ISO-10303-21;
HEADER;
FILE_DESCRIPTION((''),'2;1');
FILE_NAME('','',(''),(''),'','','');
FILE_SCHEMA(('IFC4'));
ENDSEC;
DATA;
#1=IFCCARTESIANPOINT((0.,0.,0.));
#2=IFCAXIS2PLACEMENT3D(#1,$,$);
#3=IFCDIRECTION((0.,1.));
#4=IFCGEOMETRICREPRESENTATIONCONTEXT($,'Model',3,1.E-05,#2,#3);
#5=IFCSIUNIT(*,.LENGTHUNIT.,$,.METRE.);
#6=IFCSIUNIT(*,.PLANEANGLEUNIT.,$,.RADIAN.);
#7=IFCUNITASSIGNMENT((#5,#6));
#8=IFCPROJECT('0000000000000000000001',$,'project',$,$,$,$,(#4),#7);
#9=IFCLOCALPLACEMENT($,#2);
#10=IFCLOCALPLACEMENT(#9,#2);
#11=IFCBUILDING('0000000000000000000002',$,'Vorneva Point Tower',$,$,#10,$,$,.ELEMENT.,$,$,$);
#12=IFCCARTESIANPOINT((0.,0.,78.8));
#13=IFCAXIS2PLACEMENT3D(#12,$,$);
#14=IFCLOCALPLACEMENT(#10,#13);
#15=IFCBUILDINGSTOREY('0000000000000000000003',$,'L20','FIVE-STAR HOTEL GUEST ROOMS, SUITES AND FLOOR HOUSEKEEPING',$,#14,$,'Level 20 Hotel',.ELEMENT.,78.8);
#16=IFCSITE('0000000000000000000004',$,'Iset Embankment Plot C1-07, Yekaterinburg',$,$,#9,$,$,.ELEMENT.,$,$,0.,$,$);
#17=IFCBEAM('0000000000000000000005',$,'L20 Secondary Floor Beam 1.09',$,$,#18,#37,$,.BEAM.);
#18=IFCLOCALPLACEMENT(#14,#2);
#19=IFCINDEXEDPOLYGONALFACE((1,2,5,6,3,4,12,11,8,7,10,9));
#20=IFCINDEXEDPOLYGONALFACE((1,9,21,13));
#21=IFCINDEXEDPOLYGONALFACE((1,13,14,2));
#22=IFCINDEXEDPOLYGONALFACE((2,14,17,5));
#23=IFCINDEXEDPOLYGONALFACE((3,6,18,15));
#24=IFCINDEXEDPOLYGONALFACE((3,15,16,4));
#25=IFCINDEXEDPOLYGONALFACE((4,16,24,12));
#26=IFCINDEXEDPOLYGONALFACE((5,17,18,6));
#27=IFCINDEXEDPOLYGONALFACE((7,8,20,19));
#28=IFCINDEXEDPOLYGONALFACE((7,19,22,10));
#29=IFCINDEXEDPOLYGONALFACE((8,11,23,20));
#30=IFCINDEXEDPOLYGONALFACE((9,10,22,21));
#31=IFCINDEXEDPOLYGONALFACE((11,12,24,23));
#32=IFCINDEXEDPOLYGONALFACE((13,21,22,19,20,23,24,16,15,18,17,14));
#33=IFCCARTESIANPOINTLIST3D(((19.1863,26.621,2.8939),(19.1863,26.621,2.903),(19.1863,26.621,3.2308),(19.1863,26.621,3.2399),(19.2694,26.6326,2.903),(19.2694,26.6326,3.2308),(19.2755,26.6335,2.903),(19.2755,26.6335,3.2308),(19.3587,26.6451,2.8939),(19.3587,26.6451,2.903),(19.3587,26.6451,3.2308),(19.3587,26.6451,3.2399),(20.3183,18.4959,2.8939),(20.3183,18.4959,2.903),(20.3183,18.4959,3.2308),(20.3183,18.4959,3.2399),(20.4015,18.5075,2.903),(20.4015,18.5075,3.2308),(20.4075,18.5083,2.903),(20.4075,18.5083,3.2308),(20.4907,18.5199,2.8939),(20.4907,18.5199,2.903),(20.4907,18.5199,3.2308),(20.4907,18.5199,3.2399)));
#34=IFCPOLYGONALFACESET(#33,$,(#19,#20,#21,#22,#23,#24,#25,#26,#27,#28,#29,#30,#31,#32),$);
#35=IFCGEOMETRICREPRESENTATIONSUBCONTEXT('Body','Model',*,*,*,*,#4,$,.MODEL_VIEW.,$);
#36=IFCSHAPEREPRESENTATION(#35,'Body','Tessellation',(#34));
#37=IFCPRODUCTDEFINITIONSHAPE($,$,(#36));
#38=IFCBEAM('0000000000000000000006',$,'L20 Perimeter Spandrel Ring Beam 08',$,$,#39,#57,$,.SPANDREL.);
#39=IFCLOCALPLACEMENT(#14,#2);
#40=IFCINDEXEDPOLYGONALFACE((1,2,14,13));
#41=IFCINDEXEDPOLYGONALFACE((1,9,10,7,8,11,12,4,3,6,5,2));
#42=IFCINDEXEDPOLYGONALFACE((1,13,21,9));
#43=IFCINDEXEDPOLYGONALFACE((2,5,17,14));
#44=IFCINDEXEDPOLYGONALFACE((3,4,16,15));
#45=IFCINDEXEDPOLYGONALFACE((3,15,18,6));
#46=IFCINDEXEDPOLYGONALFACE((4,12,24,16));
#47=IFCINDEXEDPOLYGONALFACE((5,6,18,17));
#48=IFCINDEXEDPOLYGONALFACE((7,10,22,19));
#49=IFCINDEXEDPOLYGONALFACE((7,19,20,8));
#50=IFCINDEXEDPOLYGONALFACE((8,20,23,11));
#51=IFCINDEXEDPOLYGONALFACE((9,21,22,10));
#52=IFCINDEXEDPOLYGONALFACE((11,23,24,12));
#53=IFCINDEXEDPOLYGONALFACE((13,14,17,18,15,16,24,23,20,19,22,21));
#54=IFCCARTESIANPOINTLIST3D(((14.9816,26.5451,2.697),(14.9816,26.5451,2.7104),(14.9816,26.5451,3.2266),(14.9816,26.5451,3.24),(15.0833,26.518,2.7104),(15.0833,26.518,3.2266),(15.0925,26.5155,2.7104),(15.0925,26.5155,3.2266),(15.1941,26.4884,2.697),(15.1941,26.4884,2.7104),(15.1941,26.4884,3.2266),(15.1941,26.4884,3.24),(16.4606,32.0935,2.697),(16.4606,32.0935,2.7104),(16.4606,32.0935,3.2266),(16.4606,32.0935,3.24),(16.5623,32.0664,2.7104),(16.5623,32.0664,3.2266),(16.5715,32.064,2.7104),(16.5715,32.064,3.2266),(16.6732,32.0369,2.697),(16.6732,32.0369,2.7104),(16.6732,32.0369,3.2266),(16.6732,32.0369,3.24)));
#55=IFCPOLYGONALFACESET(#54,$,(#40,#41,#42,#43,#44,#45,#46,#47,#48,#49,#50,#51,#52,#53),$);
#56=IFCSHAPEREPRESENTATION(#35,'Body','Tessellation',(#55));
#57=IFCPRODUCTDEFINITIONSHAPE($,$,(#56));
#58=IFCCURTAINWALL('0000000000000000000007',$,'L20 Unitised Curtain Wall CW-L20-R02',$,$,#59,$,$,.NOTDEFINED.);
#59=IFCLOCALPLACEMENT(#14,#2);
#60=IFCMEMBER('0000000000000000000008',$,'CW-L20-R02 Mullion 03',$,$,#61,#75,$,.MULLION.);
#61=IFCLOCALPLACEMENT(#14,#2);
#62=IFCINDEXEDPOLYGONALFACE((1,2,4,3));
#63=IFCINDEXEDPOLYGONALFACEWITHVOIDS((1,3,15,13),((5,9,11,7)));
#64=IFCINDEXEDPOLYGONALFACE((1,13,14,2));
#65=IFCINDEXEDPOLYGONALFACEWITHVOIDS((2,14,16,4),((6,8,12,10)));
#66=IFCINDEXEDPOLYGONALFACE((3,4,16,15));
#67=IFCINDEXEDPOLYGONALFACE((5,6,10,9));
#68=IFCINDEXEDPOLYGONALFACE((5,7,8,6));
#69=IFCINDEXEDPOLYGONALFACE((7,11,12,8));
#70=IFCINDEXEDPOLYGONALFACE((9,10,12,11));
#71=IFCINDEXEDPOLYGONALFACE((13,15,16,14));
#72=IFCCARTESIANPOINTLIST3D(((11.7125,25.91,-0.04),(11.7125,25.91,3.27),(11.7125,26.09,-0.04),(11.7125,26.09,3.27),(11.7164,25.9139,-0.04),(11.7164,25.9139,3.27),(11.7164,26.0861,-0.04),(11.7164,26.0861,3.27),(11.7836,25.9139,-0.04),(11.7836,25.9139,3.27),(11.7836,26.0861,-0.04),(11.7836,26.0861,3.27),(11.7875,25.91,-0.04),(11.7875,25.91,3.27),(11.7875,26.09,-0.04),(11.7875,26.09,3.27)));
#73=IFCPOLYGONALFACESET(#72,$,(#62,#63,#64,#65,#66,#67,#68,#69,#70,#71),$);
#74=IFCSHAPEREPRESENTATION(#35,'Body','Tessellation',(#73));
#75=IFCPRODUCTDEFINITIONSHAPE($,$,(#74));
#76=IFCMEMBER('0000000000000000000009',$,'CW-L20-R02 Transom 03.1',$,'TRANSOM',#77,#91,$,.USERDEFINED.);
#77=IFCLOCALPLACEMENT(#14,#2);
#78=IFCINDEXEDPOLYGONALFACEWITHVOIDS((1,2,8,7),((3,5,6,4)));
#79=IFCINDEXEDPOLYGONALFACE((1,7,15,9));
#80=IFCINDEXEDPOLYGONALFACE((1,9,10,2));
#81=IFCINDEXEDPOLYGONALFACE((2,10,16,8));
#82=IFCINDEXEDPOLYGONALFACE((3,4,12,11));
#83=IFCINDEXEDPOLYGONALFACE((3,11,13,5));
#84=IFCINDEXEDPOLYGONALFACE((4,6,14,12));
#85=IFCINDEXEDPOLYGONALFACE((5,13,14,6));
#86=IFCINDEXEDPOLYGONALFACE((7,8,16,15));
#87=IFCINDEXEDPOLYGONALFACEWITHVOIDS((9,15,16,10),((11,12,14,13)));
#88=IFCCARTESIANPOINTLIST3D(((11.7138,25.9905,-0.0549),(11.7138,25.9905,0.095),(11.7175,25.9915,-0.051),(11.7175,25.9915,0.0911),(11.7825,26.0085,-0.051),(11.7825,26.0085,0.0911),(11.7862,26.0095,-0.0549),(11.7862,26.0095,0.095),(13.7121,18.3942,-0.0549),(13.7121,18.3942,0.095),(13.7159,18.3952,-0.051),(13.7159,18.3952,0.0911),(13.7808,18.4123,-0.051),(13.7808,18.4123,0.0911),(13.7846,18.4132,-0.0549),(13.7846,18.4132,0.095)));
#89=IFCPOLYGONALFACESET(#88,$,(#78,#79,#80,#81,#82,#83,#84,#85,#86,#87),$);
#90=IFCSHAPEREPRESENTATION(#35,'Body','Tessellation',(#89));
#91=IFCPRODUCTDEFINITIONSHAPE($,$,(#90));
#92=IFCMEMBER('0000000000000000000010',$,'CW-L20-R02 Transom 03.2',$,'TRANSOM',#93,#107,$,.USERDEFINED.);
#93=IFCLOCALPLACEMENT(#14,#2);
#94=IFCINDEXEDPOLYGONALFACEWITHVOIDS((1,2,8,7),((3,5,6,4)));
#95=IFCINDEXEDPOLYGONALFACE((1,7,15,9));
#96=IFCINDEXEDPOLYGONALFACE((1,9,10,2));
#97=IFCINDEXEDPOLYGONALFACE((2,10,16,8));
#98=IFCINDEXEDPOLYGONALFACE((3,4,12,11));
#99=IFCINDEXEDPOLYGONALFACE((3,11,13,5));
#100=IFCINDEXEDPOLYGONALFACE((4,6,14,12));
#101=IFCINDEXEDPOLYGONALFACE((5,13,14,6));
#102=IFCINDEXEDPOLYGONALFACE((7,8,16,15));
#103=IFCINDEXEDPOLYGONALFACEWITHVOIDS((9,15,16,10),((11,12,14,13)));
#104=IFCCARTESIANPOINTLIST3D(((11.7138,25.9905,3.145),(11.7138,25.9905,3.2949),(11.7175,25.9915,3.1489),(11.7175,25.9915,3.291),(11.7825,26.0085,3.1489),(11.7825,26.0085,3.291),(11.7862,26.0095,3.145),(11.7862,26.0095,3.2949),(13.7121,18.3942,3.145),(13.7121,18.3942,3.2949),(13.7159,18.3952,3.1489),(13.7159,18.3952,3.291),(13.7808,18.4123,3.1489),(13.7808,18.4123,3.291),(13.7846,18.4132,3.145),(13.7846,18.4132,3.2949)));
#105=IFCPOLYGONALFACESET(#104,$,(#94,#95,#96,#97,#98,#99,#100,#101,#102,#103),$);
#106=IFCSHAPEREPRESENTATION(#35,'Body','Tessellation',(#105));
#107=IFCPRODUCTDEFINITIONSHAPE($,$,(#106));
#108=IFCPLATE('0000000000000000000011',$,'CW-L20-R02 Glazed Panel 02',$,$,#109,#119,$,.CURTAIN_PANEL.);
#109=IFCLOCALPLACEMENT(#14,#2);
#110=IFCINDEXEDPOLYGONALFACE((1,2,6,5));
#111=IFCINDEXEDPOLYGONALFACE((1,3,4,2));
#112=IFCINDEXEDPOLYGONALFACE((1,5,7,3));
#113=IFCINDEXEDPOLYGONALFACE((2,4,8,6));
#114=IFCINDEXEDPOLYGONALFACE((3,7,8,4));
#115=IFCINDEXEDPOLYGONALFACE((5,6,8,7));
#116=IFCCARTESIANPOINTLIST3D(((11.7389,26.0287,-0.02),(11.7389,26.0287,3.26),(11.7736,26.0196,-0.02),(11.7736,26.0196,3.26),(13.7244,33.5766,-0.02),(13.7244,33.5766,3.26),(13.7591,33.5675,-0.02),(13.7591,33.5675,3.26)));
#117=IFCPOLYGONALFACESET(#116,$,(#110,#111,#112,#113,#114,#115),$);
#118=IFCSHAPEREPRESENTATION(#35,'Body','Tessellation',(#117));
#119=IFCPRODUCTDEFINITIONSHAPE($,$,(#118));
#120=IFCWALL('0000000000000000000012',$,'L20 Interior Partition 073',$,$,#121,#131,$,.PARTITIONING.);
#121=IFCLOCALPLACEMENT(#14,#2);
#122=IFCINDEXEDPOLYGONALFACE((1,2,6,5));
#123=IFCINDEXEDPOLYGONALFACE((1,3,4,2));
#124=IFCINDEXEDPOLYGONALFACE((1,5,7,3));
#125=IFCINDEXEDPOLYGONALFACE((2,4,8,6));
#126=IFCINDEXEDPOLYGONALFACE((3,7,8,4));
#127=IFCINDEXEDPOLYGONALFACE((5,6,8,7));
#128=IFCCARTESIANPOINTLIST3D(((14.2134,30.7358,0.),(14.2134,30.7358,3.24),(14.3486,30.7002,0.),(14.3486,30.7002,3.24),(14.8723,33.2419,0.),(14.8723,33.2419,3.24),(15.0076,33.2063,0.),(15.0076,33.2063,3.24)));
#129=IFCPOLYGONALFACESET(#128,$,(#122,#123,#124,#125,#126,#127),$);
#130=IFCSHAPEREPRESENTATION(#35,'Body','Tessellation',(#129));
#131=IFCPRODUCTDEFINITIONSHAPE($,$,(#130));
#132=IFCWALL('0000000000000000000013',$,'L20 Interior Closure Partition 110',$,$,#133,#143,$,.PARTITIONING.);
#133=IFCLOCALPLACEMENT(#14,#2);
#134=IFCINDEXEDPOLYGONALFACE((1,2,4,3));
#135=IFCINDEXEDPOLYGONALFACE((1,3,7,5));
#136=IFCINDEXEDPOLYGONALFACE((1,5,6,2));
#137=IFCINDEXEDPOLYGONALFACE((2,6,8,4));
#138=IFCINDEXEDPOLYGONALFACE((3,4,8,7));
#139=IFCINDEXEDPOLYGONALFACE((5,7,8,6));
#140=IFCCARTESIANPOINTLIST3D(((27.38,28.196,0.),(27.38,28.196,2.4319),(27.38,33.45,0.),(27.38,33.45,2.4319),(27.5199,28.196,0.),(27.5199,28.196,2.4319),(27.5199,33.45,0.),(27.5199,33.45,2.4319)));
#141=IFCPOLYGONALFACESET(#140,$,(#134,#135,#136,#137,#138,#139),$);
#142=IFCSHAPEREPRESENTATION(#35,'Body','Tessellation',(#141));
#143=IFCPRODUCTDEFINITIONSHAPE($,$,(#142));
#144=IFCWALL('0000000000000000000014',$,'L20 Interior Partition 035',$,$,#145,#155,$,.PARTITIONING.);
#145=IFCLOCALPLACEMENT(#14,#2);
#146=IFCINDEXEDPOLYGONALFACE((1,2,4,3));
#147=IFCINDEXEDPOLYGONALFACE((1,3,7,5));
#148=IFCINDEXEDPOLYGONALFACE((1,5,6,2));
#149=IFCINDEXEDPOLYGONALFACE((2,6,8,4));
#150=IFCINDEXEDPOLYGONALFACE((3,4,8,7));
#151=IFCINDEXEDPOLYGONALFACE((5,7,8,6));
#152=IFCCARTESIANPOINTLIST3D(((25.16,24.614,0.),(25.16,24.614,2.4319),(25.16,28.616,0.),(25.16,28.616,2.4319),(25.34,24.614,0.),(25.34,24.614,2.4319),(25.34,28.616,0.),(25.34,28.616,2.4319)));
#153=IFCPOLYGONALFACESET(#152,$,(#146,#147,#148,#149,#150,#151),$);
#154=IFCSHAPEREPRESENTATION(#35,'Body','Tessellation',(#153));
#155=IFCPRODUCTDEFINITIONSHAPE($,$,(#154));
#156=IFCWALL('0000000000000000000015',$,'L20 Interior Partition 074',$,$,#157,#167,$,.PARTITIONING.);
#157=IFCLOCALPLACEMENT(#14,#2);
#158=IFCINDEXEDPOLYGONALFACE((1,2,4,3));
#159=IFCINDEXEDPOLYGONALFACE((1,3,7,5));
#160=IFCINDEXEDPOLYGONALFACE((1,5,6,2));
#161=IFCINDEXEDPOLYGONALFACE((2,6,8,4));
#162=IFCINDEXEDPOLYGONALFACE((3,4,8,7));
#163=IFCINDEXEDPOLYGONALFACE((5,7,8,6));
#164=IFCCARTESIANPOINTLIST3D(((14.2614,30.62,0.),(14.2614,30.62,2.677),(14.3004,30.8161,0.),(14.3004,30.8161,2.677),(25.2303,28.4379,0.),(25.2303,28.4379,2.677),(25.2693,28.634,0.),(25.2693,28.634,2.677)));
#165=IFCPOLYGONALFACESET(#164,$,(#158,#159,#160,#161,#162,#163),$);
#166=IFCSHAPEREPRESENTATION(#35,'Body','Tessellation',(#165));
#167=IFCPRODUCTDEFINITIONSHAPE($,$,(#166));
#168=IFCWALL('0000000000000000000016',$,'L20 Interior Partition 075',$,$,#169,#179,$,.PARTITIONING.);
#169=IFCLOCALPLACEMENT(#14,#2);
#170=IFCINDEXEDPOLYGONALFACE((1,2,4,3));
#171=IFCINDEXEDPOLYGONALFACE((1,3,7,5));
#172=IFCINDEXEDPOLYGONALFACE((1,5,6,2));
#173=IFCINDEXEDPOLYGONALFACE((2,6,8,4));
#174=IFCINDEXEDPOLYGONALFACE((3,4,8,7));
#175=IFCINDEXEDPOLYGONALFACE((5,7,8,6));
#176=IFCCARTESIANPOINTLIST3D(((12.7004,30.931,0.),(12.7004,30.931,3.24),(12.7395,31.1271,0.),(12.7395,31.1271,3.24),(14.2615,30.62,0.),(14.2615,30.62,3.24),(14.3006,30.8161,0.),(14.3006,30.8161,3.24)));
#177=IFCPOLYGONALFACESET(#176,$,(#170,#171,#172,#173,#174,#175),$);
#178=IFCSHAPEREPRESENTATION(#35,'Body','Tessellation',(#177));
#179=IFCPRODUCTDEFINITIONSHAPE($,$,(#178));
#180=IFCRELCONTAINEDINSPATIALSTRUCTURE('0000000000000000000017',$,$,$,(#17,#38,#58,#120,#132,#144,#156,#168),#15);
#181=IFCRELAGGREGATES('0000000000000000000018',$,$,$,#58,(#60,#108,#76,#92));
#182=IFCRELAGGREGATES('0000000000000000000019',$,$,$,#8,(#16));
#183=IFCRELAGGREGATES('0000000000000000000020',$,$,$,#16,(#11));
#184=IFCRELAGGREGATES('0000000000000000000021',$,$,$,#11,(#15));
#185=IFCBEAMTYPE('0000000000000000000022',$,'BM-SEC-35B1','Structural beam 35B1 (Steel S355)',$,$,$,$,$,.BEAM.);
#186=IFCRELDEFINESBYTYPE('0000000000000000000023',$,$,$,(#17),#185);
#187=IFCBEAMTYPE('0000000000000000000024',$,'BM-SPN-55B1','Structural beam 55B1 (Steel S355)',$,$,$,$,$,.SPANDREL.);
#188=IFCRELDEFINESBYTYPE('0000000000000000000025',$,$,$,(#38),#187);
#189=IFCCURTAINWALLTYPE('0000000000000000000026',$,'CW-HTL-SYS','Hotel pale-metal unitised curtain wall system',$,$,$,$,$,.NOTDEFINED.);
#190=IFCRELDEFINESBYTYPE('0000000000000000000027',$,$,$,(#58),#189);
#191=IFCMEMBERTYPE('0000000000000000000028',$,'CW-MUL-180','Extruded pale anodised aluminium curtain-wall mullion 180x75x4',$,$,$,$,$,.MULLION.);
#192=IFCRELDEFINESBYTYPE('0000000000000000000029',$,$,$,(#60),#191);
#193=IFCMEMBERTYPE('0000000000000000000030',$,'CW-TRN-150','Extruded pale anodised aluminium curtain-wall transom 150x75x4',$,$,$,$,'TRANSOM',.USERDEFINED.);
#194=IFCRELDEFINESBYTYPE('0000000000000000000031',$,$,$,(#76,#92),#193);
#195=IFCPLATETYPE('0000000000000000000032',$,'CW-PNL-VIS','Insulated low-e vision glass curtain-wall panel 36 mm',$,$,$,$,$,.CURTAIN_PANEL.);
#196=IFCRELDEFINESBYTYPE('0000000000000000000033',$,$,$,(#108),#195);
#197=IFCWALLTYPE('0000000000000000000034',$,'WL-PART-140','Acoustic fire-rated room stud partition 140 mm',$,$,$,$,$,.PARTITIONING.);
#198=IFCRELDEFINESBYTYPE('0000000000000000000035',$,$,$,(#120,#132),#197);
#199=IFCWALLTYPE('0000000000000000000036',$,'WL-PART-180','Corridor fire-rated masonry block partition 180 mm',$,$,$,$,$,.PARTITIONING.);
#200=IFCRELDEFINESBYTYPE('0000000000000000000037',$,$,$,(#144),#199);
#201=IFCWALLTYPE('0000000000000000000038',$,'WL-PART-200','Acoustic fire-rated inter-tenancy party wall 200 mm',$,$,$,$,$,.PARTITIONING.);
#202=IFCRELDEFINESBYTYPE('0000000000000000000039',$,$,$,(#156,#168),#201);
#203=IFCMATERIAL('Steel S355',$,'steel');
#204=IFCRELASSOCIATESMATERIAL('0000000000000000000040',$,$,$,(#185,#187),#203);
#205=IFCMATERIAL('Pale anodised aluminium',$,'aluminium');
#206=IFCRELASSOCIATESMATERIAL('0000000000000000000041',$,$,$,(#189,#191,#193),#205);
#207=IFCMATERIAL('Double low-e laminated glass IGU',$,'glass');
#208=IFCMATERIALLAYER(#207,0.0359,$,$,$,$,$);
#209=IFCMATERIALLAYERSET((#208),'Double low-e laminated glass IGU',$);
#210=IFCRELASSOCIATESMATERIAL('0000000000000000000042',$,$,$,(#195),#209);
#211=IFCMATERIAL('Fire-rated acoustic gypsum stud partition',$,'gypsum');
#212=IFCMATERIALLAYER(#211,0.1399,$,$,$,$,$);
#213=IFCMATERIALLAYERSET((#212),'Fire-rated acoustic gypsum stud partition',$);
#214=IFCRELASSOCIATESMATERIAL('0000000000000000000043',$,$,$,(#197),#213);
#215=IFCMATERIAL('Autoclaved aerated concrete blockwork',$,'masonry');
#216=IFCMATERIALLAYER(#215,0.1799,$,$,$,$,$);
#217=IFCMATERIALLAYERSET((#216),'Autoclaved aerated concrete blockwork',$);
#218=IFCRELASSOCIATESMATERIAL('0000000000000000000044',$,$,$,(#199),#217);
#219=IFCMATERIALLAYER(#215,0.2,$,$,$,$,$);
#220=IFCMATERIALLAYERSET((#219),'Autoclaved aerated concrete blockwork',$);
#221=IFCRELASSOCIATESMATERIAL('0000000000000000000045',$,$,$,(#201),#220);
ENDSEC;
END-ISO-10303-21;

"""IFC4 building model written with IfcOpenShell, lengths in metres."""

from ifc_helpers import new_model, si_unit, direction, frame, frame_2d, origin, origin_2d, place, context, subcontext, project, spatial, rectangle, hollow_rectangle, i_section, extrude, material, layer, layer_set, material_profile, profile_set, type_object, element, aggregate, save


model = new_model("IFC4")

# Units and contexts
model_context = context("Model", 3, precision=1e-05, world=origin(), true_north=direction((0.0, 1.0)))
body_context = subcontext(model_context, "Body", "Model", "MODEL_VIEW")
ifc_project = project(units=[si_unit("LENGTHUNIT", "METRE"), si_unit("PLANEANGLEUNIT", "RADIAN")], contexts=[model_context])

# Site, building, storey
site_placement = place(None, origin())
site = spatial("IfcSite", under=ifc_project, at=site_placement, Name="Iset Embankment Plot C1-07, Yekaterinburg", CompositionType="ELEMENT", RefElevation=0.0)
building_placement = place(site_placement, origin())
building = spatial("IfcBuilding", under=site, at=building_placement, Name="Vorneva Point Tower", CompositionType="ELEMENT")
storey_placement = place(building_placement, frame((0.0, 0.0, 78.8)))
storey = spatial("IfcBuildingStorey", under=building, at=storey_placement, Name="L20", Description="FIVE-STAR HOTEL GUEST ROOMS, SUITES AND FLOOR HOUSEKEEPING", LongName="Level 20 Hotel", CompositionType="ELEMENT", Elevation=78.8)

# Beams
ifc_material_1 = material(Name="Steel S355", Category="steel")
ifc_material_profile_1 = material_profile(ifc_material_1, i_section(OverallWidth=0.1741, OverallDepth=0.3459, WebThickness=0.0061, FlangeThickness=0.009, at=origin_2d()), Name="35B1")
ifc_profile_set_1 = profile_set([ifc_material_profile_1], Name="Steel S355")
beam_type_1 = type_object("IfcBeamType", Name="BM-SEC-35B1", Description="Structural beam 35B1 (Steel S355)", PredefinedType="BEAM", material=ifc_profile_set_1)
beam_1_placement = place(storey_placement, frame((19.2725, 26.6331, 3.0669), z_axis=(0.137996, -0.990433, 0.0), x_axis=(0.990433, 0.137996, 0.0)))
element("IfcBeam", 1, at=beam_1_placement, inside=storey, type_object=beam_type_1, Name="L20 Secondary Floor Beam 1.09", PredefinedType="BEAM", context=body_context, shape_type="SweptSolid", body=[
    extrude(i_section(OverallWidth=0.1741, OverallDepth=0.3459, WebThickness=0.0061, FlangeThickness=0.009, at=origin_2d()), origin(), (0.0, 0.0, 1.0), 8.2036),
])
ifc_material_profile_2 = material_profile(ifc_material_1, i_section(OverallWidth=0.22, OverallDepth=0.543, WebThickness=0.0095, FlangeThickness=0.0134, at=origin_2d()), Name="55B1")
ifc_profile_set_2 = profile_set([ifc_material_profile_2], Name="Steel S355")
beam_type_2 = type_object("IfcBeamType", Name="BM-SPN-55B1", Description="Structural beam 55B1 (Steel S355)", PredefinedType="SPANDREL", material=ifc_profile_set_2)
beam_2_placement = place(storey_placement, frame((16.5669, 32.0652, 2.9685), z_axis=(-0.257573, -0.966259, 0.0), x_axis=(0.966259, -0.257573, 0.0)))
element("IfcBeam", 2, at=beam_2_placement, inside=storey, type_object=beam_type_2, Name="L20 Perimeter Spandrel Ring Beam 08", PredefinedType="SPANDREL", context=body_context, shape_type="SweptSolid", body=[
    extrude(i_section(OverallWidth=0.22, OverallDepth=0.543, WebThickness=0.0095, FlangeThickness=0.0134, at=origin_2d()), origin(), (0.0, 0.0, 1.0), 5.7422),
])

# Curtain wall, members, plate
ifc_material_2 = material(Name="Pale anodised aluminium", Category="aluminium")
curtain_wall_type = type_object("IfcCurtainWallType", Name="CW-HTL-SYS", Description="Hotel pale-metal unitised curtain wall system", PredefinedType="NOTDEFINED", material=ifc_material_2)
curtain_wall_placement = place(storey_placement, origin())
curtain_wall = element("IfcCurtainWall", 3, at=curtain_wall_placement, inside=storey, type_object=curtain_wall_type, Name="L20 Unitised Curtain Wall CW-L20-R02", PredefinedType="NOTDEFINED")
ifc_material_profile_3 = material_profile(ifc_material_2, hollow_rectangle(XDim=0.075, YDim=0.1799, WallThickness=0.0039, at=origin_2d()), Name="AL-MUL 180x75x4")
ifc_profile_set_3 = profile_set([ifc_material_profile_3], Name="Pale anodised aluminium")
member_type_1 = type_object("IfcMemberType", Name="CW-MUL-180", Description="Extruded pale anodised aluminium curtain-wall mullion 180x75x4", PredefinedType="MULLION", material=ifc_profile_set_3)
member_1_placement = place(storey_placement, frame((11.75, 26.0, -0.04), z_axis=(0.0, 0.0, 1.0), x_axis=(1.0, 0.0, 0.0)))
member_1 = element("IfcMember", 4, at=member_1_placement, type_object=member_type_1, Name="CW-L20-R02 Mullion 03", PredefinedType="MULLION", context=body_context, shape_type="SweptSolid", body=[
    extrude(hollow_rectangle(XDim=0.075, YDim=0.1799, WallThickness=0.0039, at=origin_2d()), origin(), (0.0, 0.0, 1.0), 3.3101),
])
ifc_material_profile_4 = material_profile(ifc_material_2, hollow_rectangle(XDim=0.075, YDim=0.1499, WallThickness=0.0039, at=origin_2d()), Name="AL-TRN 150x75x4")
ifc_profile_set_4 = profile_set([ifc_material_profile_4], Name="Pale anodised aluminium")
member_type_2 = type_object("IfcMemberType", Name="CW-TRN-150", Description="Extruded pale anodised aluminium curtain-wall transom 150x75x4", ElementType="TRANSOM", PredefinedType="USERDEFINED", material=ifc_profile_set_4)
member_2_placement = place(storey_placement, frame((11.75, 26.0, 0.02), z_axis=(0.254409, -0.967097, 0.0), x_axis=(0.967097, 0.254409, 0.0)))
member_2 = element("IfcMember", 5, at=member_2_placement, type_object=member_type_2, Name="CW-L20-R02 Transom 03.1", ObjectType="TRANSOM", PredefinedType="USERDEFINED", context=body_context, shape_type="SweptSolid", body=[
    extrude(hollow_rectangle(XDim=0.075, YDim=0.1499, WallThickness=0.0039, at=origin_2d()), origin(), (0.0, 0.0, 1.0), 7.8547),
])
member_3_placement = place(storey_placement, frame((11.75, 26.0, 3.22), z_axis=(0.254409, -0.967097, 0.0), x_axis=(0.967097, 0.254409, 0.0)))
member_3 = element("IfcMember", 6, at=member_3_placement, type_object=member_type_2, Name="CW-L20-R02 Transom 03.2", ObjectType="TRANSOM", PredefinedType="USERDEFINED", context=body_context, shape_type="SweptSolid", body=[
    extrude(hollow_rectangle(XDim=0.075, YDim=0.1499, WallThickness=0.0039, at=origin_2d()), origin(), (0.0, 0.0, 1.0), 7.8547),
])
ifc_material_3 = material(Name="Double low-e laminated glass IGU", Category="glass")
ifc_layer_1 = layer(ifc_material_3, 0.0359)
ifc_layer_set_1 = layer_set([ifc_layer_1], Name="Double low-e laminated glass IGU")
plate_type = type_object("IfcPlateType", Name="CW-PNL-VIS", Description="Insulated low-e vision glass curtain-wall panel 36 mm", PredefinedType="CURTAIN_PANEL", material=ifc_layer_set_1)
plate_placement = place(storey_placement, frame((12.749, 29.7981, -0.02), z_axis=(0.0, 0.0, 1.0), x_axis=(-0.254399, -0.967099, 0.0)))
plate = element("IfcPlate", 7, at=plate_placement, type_object=plate_type, Name="CW-L20-R02 Glazed Panel 02", PredefinedType="CURTAIN_PANEL", context=body_context, shape_type="SweptSolid", body=[
    extrude(rectangle(XDim=7.8047, YDim=0.0359, at=origin_2d()), origin(), (0.0, 0.0, 1.0), 3.28),
])
aggregate(curtain_wall, [member_1, plate, member_2, member_3])

# Walls
ifc_material_4 = material(Name="Fire-rated acoustic gypsum stud partition", Category="gypsum")
ifc_layer_2 = layer(ifc_material_4, 0.1399)
ifc_layer_set_2 = layer_set([ifc_layer_2], Name="Fire-rated acoustic gypsum stud partition")
wall_type_1 = type_object("IfcWallType", Name="WL-PART-140", Description="Acoustic fire-rated room stud partition 140 mm", PredefinedType="PARTITIONING", material=ifc_layer_set_2)
wall_1_placement = place(storey_placement, frame((14.9399, 33.2241, 0.0), z_axis=(0.0, 0.0, 1.0), x_axis=(-0.254289, -0.967128, 0.0)))
element("IfcWall", 8, at=wall_1_placement, inside=storey, type_object=wall_type_1, Name="L20 Interior Partition 073", PredefinedType="PARTITIONING", context=body_context, shape_type="SweptSolid", body=[
    extrude(rectangle(XDim=2.5913, YDim=0.1399, at=frame_2d((1.2957, 0.0))), origin(), (0.0, 0.0, 1.0), 3.24),
])
wall_2_placement = place(storey_placement, frame((27.45, 28.196, 0.0), z_axis=(0.0, 0.0, 1.0), x_axis=(0.0, 1.0, 0.0)))
element("IfcWall", 9, at=wall_2_placement, inside=storey, type_object=wall_type_1, Name="L20 Interior Closure Partition 110", PredefinedType="PARTITIONING", context=body_context, shape_type="SweptSolid", body=[
    extrude(rectangle(XDim=5.2539, YDim=0.1399, at=frame_2d((2.627, 0.0))), origin(), (0.0, 0.0, 1.0), 2.4319),
])

# Shared definitions
ifc_material_5 = material(Name="Autoclaved aerated concrete blockwork", Category="masonry")
ifc_layer_3 = layer(ifc_material_5, 0.1799)
ifc_layer_set_3 = layer_set([ifc_layer_3], Name="Autoclaved aerated concrete blockwork")
wall_type_2 = type_object("IfcWallType", Name="WL-PART-180", Description="Corridor fire-rated masonry block partition 180 mm", PredefinedType="PARTITIONING", material=ifc_layer_set_3)

# Walls
wall_3_placement = place(storey_placement, frame((25.25, 28.616, 0.0), z_axis=(0.0, 0.0, 1.0), x_axis=(0.0, -1.0, 0.0)))
element("IfcWall", 10, at=wall_3_placement, inside=storey, type_object=wall_type_2, Name="L20 Interior Partition 035", PredefinedType="PARTITIONING", context=body_context, shape_type="SweptSolid", body=[
    extrude(rectangle(XDim=4.002, YDim=0.1799, at=frame_2d((2.001, 0.0))), origin(), (0.0, 0.0, 1.0), 2.4319),
])
ifc_layer_4 = layer(ifc_material_5, 0.2)
ifc_layer_set_4 = layer_set([ifc_layer_4], Name="Autoclaved aerated concrete blockwork")
wall_type_3 = type_object("IfcWallType", Name="WL-PART-200", Description="Acoustic fire-rated inter-tenancy party wall 200 mm", PredefinedType="PARTITIONING", material=ifc_layer_set_4)
wall_4_placement = place(storey_placement, frame((14.281, 30.718, 0.0), z_axis=(0.0, 0.0, 1.0), x_axis=(0.980781, -0.195113, 0.0)))
element("IfcWall", 11, at=wall_4_placement, inside=storey, type_object=wall_type_3, Name="L20 Interior Partition 074", PredefinedType="PARTITIONING", context=body_context, shape_type="SweptSolid", body=[
    extrude(rectangle(XDim=11.1838, YDim=0.2, at=frame_2d((5.5918, 0.0))), origin(), (0.0, 0.0, 1.0), 2.677),
])
wall_5_placement = place(storey_placement, frame((12.72, 31.0291, 0.0), z_axis=(0.0, 0.0, 1.0), x_axis=(0.980722, -0.195408, 0.0)))
element("IfcWall", 12, at=wall_5_placement, inside=storey, type_object=wall_type_3, Name="L20 Interior Partition 075", PredefinedType="PARTITIONING", context=body_context, shape_type="SweptSolid", body=[
    extrude(rectangle(XDim=1.5918, YDim=0.2, at=frame_2d((0.7959, 0.0))), origin(), (0.0, 0.0, 1.0), 3.24),
])

save(model, "model.ifc")
